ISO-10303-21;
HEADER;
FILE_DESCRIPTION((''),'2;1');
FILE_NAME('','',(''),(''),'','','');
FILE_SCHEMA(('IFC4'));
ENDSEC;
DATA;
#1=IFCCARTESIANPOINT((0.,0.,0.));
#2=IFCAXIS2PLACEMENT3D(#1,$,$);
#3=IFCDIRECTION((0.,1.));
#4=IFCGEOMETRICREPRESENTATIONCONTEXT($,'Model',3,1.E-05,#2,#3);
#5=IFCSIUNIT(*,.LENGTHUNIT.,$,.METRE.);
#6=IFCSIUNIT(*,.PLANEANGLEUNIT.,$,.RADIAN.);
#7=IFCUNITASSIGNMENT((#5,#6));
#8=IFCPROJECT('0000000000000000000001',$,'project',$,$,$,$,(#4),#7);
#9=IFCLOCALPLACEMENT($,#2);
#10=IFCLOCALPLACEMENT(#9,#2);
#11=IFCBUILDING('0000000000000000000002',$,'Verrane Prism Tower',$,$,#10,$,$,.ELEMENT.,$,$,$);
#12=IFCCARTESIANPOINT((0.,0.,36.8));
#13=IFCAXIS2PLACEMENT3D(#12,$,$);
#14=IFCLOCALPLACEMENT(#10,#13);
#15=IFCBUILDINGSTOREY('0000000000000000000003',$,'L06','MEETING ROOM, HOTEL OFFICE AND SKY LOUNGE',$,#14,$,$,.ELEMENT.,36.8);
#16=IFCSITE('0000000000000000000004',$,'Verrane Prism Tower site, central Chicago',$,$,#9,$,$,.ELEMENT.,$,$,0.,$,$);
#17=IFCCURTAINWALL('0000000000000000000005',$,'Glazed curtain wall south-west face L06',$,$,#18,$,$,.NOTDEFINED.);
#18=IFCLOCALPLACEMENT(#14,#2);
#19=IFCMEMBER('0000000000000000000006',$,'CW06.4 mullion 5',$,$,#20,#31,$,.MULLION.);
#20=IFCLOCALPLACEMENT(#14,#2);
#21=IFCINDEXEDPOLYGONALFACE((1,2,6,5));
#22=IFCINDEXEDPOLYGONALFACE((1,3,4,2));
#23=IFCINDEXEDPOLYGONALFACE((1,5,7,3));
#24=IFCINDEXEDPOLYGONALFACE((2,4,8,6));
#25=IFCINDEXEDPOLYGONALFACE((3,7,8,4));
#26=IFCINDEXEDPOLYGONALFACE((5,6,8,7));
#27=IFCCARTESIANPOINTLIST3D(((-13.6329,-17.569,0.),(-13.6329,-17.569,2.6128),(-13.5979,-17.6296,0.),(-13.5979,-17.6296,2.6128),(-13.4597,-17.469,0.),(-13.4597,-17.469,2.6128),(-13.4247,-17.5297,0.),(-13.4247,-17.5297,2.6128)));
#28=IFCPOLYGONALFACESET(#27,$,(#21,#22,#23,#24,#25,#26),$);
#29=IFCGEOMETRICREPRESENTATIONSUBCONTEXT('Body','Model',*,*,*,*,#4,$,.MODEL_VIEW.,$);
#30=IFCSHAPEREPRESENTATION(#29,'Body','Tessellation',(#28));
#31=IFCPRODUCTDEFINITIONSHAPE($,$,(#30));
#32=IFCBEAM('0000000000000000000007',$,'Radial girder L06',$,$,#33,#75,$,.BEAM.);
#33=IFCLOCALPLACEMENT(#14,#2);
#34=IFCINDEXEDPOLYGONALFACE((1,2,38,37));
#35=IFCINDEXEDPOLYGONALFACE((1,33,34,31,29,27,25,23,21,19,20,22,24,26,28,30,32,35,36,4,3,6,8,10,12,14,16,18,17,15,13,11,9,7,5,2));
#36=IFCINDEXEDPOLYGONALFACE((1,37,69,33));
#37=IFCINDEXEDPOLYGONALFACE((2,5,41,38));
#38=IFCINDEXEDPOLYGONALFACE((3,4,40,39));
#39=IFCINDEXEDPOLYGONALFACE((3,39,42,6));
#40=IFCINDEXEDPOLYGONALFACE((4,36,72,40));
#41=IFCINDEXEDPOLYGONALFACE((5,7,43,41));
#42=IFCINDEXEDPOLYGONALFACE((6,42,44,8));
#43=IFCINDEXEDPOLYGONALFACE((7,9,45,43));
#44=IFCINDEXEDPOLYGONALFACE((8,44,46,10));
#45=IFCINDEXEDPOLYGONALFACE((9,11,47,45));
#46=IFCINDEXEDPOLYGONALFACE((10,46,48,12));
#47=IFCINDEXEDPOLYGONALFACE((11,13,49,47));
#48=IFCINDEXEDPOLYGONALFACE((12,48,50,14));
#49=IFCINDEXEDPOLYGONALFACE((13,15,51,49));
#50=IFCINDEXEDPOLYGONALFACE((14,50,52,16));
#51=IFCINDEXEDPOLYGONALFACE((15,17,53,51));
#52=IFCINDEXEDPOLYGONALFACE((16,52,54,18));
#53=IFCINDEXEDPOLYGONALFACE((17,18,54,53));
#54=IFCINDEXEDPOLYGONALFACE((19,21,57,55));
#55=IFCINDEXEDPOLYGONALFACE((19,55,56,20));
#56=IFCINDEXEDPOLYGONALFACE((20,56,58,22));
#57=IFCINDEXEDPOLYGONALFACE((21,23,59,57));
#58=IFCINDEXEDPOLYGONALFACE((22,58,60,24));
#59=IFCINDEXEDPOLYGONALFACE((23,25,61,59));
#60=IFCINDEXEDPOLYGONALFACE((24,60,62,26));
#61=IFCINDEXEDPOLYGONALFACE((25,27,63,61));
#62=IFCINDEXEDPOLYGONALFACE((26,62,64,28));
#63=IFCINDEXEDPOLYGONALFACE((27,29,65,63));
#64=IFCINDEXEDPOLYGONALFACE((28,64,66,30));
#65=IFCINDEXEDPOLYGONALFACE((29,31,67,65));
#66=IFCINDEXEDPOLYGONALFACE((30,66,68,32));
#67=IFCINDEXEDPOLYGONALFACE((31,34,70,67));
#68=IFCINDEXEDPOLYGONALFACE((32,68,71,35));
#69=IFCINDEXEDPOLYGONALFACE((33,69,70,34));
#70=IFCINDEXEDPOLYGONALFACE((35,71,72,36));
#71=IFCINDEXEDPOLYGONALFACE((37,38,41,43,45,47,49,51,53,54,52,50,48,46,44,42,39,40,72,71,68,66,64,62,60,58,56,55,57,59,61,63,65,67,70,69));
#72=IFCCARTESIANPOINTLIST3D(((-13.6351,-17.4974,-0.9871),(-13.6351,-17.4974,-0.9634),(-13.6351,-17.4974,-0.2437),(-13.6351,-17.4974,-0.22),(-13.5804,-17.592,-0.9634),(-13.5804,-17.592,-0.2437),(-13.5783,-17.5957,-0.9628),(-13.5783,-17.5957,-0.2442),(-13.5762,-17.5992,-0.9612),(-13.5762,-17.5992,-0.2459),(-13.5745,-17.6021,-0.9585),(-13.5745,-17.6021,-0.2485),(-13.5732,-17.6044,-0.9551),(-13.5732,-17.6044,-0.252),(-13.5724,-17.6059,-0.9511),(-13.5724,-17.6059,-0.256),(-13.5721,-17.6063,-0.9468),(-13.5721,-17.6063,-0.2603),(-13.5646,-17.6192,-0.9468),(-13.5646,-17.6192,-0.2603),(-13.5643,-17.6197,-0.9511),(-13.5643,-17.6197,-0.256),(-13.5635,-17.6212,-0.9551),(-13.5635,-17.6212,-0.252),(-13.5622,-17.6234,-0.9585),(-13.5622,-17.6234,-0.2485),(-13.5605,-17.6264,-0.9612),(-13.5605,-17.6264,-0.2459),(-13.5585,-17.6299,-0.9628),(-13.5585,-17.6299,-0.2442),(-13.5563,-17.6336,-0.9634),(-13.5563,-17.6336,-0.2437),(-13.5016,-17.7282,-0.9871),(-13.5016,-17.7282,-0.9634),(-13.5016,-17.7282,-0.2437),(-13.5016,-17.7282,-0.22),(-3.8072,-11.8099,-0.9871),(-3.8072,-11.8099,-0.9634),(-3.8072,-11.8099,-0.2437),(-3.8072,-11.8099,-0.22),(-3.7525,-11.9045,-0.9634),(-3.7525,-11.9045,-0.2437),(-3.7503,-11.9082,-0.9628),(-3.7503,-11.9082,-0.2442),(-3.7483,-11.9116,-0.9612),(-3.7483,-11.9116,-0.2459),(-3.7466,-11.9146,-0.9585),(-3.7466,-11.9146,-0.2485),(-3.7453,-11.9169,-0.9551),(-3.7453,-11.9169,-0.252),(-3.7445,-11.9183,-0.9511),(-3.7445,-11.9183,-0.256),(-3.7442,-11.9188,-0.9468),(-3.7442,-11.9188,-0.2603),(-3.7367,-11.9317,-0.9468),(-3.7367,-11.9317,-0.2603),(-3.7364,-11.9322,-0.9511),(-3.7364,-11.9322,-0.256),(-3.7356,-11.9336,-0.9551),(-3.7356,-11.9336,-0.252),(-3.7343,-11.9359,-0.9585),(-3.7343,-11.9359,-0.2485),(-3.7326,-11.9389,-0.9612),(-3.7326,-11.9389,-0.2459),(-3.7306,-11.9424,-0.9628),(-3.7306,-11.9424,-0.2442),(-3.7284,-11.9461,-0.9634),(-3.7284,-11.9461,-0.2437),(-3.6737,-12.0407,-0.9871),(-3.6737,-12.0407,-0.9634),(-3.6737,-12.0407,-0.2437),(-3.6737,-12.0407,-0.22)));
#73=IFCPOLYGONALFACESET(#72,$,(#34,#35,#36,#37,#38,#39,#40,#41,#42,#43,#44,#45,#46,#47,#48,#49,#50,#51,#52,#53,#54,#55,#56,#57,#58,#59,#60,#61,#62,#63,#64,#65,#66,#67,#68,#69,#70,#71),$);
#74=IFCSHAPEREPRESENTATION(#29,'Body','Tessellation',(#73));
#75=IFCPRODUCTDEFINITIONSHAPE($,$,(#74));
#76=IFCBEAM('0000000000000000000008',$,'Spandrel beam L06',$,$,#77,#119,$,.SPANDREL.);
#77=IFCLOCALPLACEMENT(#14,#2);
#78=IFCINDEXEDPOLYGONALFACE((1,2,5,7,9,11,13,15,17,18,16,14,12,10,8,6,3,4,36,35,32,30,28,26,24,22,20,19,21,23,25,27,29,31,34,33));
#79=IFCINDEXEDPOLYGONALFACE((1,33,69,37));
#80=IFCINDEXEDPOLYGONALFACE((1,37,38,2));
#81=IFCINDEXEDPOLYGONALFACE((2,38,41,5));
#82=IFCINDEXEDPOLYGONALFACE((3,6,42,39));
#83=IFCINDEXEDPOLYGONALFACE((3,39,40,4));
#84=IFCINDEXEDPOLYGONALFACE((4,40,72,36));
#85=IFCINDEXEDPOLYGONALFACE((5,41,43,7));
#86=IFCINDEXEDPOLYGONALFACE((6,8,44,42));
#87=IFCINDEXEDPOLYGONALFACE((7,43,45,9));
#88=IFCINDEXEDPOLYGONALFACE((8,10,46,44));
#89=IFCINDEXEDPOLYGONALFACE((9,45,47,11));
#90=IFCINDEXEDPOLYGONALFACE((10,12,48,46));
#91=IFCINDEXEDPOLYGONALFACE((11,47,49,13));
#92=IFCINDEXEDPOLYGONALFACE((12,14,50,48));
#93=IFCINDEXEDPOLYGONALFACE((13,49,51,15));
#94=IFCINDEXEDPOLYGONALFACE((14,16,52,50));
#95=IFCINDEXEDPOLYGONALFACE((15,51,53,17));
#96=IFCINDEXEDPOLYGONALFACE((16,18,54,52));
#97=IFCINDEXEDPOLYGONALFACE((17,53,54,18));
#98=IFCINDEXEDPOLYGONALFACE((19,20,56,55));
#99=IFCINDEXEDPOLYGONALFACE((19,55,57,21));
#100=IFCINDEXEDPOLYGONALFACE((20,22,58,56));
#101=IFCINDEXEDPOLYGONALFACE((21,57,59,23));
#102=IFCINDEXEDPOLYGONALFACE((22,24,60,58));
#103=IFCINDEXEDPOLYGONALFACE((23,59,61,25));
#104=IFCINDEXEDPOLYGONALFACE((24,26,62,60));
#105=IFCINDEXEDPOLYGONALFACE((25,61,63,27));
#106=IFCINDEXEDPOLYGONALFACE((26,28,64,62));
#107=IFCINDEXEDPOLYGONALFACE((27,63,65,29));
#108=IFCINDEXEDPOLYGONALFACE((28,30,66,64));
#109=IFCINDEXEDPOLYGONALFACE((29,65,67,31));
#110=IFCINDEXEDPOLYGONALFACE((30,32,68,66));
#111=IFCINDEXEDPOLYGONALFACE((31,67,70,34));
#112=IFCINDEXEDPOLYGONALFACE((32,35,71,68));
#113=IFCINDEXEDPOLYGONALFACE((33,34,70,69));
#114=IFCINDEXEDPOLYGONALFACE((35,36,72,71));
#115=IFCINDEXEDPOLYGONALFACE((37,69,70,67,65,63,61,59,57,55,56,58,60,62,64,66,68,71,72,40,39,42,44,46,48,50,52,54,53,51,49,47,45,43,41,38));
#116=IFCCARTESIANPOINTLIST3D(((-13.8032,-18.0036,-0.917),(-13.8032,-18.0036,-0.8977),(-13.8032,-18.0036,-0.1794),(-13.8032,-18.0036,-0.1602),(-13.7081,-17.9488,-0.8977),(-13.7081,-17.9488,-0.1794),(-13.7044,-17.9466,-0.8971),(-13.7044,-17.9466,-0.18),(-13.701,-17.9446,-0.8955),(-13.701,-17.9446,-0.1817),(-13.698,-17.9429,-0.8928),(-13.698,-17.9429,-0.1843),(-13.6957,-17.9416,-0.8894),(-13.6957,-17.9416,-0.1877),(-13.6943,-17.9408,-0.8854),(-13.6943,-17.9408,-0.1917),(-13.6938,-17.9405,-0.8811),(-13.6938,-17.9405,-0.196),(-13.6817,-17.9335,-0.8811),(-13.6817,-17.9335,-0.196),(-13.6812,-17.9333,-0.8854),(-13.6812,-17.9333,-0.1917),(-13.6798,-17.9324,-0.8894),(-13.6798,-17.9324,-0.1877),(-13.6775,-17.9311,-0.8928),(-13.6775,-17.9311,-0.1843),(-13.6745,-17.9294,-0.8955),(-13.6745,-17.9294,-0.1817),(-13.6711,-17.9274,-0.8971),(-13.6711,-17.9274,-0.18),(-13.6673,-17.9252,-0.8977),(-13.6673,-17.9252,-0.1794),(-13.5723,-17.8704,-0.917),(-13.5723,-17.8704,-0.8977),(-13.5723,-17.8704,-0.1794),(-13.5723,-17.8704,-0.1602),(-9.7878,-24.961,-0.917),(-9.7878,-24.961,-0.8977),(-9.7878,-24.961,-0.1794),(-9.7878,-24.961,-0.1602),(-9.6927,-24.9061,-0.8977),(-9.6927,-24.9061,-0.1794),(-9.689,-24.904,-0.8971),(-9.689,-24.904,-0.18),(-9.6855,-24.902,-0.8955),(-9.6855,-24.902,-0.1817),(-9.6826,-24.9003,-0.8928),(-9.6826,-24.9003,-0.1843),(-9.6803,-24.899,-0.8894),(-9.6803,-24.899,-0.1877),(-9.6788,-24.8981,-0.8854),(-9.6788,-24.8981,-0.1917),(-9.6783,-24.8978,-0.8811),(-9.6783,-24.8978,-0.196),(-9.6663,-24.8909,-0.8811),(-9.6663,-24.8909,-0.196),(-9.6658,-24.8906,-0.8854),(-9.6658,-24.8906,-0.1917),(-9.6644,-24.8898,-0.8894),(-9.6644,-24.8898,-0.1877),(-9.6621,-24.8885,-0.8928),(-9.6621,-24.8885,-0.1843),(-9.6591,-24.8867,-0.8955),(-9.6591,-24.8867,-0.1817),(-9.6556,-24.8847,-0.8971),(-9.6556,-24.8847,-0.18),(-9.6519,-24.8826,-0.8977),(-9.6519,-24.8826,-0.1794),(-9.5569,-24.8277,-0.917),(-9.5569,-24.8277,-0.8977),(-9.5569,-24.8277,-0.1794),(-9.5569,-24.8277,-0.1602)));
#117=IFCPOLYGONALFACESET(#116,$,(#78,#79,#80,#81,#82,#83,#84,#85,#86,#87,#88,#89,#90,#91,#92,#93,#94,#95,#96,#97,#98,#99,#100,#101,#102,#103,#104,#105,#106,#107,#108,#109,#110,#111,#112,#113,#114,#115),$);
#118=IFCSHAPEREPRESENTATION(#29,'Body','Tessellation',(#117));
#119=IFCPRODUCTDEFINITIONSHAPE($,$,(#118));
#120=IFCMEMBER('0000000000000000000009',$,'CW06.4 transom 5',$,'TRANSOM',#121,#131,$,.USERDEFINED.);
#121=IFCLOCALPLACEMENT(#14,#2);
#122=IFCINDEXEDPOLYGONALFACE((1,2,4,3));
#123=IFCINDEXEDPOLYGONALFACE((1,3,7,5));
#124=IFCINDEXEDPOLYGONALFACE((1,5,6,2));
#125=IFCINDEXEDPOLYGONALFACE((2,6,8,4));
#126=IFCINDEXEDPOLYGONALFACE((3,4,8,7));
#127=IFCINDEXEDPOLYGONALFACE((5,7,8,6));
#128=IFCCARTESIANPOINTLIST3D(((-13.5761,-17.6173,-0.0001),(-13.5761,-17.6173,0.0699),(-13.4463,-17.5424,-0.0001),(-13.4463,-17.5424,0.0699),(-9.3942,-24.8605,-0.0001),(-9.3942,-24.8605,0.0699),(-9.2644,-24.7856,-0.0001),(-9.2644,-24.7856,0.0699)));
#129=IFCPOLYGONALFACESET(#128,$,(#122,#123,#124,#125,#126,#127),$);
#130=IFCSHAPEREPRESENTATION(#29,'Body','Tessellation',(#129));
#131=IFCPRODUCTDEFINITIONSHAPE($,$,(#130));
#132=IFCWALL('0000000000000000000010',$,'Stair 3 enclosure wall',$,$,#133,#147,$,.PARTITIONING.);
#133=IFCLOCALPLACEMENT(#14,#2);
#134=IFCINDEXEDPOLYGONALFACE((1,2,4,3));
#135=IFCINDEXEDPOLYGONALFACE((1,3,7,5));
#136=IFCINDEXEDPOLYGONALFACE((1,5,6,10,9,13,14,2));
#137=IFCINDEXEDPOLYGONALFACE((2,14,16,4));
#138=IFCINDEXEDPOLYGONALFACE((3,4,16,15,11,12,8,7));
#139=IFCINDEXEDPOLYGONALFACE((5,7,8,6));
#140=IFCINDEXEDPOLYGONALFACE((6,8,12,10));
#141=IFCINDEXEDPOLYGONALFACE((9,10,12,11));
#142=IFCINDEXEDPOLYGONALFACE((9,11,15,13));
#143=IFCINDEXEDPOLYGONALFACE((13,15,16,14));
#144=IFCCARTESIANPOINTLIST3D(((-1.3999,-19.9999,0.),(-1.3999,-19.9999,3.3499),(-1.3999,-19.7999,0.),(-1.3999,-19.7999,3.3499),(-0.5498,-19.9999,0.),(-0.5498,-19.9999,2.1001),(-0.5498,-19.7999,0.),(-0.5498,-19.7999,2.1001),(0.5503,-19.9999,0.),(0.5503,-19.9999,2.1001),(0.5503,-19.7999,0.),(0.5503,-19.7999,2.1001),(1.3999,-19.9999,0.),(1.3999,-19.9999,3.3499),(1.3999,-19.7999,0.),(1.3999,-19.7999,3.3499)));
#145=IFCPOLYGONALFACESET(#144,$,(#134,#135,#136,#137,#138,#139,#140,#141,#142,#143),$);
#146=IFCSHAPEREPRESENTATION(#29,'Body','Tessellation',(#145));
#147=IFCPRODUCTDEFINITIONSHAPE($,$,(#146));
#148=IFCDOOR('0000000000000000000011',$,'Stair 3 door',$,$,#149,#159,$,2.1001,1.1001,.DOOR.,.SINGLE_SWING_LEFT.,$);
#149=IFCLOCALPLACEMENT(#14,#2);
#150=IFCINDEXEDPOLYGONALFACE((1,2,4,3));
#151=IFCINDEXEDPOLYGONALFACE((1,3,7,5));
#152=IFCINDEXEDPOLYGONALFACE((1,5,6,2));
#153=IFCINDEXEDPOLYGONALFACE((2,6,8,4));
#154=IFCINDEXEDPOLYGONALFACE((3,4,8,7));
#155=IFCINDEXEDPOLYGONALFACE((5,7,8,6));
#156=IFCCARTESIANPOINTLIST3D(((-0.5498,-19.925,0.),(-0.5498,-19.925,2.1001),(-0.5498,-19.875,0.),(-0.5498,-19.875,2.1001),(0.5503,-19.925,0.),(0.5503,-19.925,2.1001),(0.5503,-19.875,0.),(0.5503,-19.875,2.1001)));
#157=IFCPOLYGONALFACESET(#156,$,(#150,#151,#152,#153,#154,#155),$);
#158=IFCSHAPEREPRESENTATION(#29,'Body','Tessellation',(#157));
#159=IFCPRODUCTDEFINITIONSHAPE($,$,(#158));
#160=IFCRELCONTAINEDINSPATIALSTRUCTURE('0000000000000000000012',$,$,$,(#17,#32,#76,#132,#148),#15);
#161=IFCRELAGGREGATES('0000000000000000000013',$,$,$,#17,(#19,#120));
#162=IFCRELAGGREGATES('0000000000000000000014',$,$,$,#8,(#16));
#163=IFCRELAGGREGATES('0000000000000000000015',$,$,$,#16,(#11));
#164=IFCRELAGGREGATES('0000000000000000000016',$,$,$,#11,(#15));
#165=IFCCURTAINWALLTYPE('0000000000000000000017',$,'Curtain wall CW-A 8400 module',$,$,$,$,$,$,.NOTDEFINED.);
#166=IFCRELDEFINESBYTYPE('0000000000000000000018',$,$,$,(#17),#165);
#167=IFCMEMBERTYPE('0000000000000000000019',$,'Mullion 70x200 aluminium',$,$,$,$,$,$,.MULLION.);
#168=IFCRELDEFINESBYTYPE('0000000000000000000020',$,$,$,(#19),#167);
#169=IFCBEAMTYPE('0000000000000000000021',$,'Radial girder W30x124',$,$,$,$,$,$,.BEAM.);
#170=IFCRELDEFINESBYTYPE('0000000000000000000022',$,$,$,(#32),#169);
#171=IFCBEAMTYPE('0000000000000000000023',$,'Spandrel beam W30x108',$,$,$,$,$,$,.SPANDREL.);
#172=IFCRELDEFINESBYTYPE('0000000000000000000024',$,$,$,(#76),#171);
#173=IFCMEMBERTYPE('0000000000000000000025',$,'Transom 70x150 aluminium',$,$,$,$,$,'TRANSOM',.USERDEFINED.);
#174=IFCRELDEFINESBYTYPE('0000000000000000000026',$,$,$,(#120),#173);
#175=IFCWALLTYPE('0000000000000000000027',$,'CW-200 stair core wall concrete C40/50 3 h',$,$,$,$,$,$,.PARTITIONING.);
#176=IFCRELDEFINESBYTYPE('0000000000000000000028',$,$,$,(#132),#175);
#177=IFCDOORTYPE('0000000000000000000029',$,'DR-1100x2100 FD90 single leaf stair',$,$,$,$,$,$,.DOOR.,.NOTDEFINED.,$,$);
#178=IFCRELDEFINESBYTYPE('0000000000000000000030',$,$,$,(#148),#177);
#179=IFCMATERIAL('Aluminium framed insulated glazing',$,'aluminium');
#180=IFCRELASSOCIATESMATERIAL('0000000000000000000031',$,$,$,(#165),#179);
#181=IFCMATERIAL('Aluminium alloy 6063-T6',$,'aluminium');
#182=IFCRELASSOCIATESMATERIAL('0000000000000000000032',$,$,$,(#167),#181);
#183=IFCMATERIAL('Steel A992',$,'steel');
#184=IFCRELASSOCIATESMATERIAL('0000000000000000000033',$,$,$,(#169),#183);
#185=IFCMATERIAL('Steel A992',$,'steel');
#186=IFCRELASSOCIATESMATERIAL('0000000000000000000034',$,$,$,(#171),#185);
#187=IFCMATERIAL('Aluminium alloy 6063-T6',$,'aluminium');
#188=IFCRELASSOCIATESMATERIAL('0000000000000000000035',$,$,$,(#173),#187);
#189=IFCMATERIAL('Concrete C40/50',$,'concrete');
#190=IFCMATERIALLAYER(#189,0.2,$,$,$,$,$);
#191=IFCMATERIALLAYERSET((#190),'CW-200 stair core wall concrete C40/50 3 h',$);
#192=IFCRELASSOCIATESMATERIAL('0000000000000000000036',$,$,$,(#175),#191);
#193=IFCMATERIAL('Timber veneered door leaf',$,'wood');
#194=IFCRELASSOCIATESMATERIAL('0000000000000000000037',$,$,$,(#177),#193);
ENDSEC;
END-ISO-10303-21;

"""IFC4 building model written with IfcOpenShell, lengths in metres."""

from ifc_helpers import new_model, si_unit, direction, frame, frame_2d, origin, origin_2d, place, context, subcontext, project, spatial, rectangle, i_section, extrude, material, layer, layer_set, material_profile, profile_set, type_object, element, fill, aggregate, save


model = new_model("IFC4")

# Units and contexts
model_context = context("Model", 3, precision=1e-05, world=origin(), true_north=direction((0.0, 1.0)))
body_context = subcontext(model_context, "Body", "Model", "MODEL_VIEW")
ifc_project = project(units=[si_unit("LENGTHUNIT", "METRE"), si_unit("PLANEANGLEUNIT", "RADIAN")], contexts=[model_context])

# Site, building, storey
site_placement = place(None, origin())
site = spatial("IfcSite", under=ifc_project, at=site_placement, Name="Verrane Prism Tower site, central Chicago", CompositionType="ELEMENT", RefElevation=0.0)
building_placement = place(site_placement, origin())
building = spatial("IfcBuilding", under=site, at=building_placement, Name="Verrane Prism Tower", CompositionType="ELEMENT")
storey_placement = place(building_placement, frame((0.0, 0.0, 36.8)))
storey = spatial("IfcBuildingStorey", under=building, at=storey_placement, Name="L06", Description="MEETING ROOM, HOTEL OFFICE AND SKY LOUNGE", CompositionType="ELEMENT", Elevation=36.8)

# Curtain wall, member
ifc_material_1 = material(Name="Aluminium framed insulated glazing", Category="aluminium")
curtain_wall_type = type_object("IfcCurtainWallType", Name="Curtain wall CW-A 8400 module", PredefinedType="NOTDEFINED", material=ifc_material_1)
curtain_wall_placement = place(storey_placement, origin())
curtain_wall = element("IfcCurtainWall", 1, at=curtain_wall_placement, inside=storey, type_object=curtain_wall_type, Name="Glazed curtain wall south-west face L06", PredefinedType="NOTDEFINED")
ifc_material_2 = material(Name="Aluminium alloy 6063-T6", Category="aluminium")
ifc_material_profile_1 = material_profile(ifc_material_2, rectangle(XDim=0.2, YDim=0.0701, at=origin_2d()), Name="Mullion 70x200 aluminium")
ifc_profile_set_1 = profile_set([ifc_material_profile_1], Name="Aluminium alloy 6063-T6")
member_type_1 = type_object("IfcMemberType", Name="Mullion 70x200 aluminium", PredefinedType="MULLION", material=ifc_profile_set_1)
member_1_placement = place(storey_placement, frame((-13.5288, -17.5493, 0.0), z_axis=(0.0, 0.0, 1.0), x_axis=(0.866025, 0.5, 0.0)))
member_1 = element("IfcMember", 2, at=member_1_placement, type_object=member_type_1, Name="CW06.4 mullion 5", PredefinedType="MULLION", context=body_context, shape_type="SweptSolid", body=[
    extrude(rectangle(XDim=0.2, YDim=0.0701, at=origin_2d()), origin(), (0.0, 0.0, 1.0), 2.6128),
])

# Beams
ifc_material_3 = material(Name="Steel A992", Category="steel")
ifc_material_profile_2 = material_profile(ifc_material_3, i_section(OverallWidth=0.2666, OverallDepth=0.7671, WebThickness=0.0149, FlangeThickness=0.0237, FilletRadius=0.0166, at=origin_2d()), Name="W30x124")
ifc_profile_set_2 = profile_set([ifc_material_profile_2], Name="Steel A992")
beam_type_1 = type_object("IfcBeamType", Name="Radial girder W30x124", PredefinedType="BEAM", material=ifc_profile_set_2)
beam_1_placement = place(storey_placement, frame((-13.5684, -17.6128, -0.6035), z_axis=(0.865515, 0.500883, 0.0), x_axis=(-0.500883, 0.865515, 0.0)))
element("IfcBeam", 3, at=beam_1_placement, inside=storey, type_object=beam_type_1, Name="Radial girder L06", PredefinedType="BEAM", context=body_context, shape_type="SweptSolid", body=[
    extrude(i_section(OverallWidth=0.2666, OverallDepth=0.7671, WebThickness=0.0149, FlangeThickness=0.0237, FilletRadius=0.0166, at=origin_2d()), origin(), (0.0, 0.0, 1.0), 11.355),
])
ifc_material_4 = material(Name="Steel A992", Category="steel")
ifc_material_profile_3 = material_profile(ifc_material_4, i_section(OverallWidth=0.2666, OverallDepth=0.7568, WebThickness=0.0139, FlangeThickness=0.0193, FilletRadius=0.0166, at=origin_2d()), Name="W30x108")
ifc_profile_set_3 = profile_set([ifc_material_profile_3], Name="Steel A992")
beam_type_2 = type_object("IfcBeamType", Name="Spandrel beam W30x108", PredefinedType="SPANDREL", material=ifc_profile_set_3)
beam_2_placement = place(storey_placement, frame((-13.6877, -17.937, -0.5386), z_axis=(0.499869, -0.866101, 0.0), x_axis=(0.866101, 0.499869, 0.0)))
element("IfcBeam", 4, at=beam_2_placement, inside=storey, type_object=beam_type_2, Name="Spandrel beam L06", PredefinedType="SPANDREL", context=body_context, shape_type="SweptSolid", body=[
    extrude(i_section(OverallWidth=0.2666, OverallDepth=0.7568, WebThickness=0.0139, FlangeThickness=0.0193, FilletRadius=0.0166, at=origin_2d()), origin(), (0.0, 0.0, 1.0), 8.033),
])

# Member
ifc_material_5 = material(Name="Aluminium alloy 6063-T6", Category="aluminium")
ifc_material_profile_4 = material_profile(ifc_material_5, rectangle(XDim=0.1499, YDim=0.0701, at=origin_2d()), Name="Transom 70x150 aluminium")
ifc_profile_set_4 = profile_set([ifc_material_profile_4], Name="Aluminium alloy 6063-T6")
member_type_2 = type_object("IfcMemberType", Name="Transom 70x150 aluminium", ElementType="TRANSOM", PredefinedType="USERDEFINED", material=ifc_profile_set_4)
member_2_placement = place(storey_placement, frame((-13.5112, -17.5798, 0.0349), z_axis=(0.500004, -0.866023, 0.0), x_axis=(0.866023, 0.500004, 0.0)))
member_2 = element("IfcMember", 5, at=member_2_placement, type_object=member_type_2, Name="CW06.4 transom 5", ObjectType="TRANSOM", PredefinedType="USERDEFINED", context=body_context, shape_type="SweptSolid", body=[
    extrude(rectangle(XDim=0.1499, YDim=0.0701, at=origin_2d()), origin(), (0.0, 0.0, 1.0), 8.3638),
])
aggregate(curtain_wall, [member_1, member_2])

# Wall, opening, door
ifc_material_6 = material(Name="Concrete C40/50", Category="concrete")
ifc_layer_1 = layer(ifc_material_6, 0.2)
ifc_layer_set_1 = layer_set([ifc_layer_1], Name="CW-200 stair core wall concrete C40/50 3 h")
wall_type_1 = type_object("IfcWallType", Name="CW-200 stair core wall concrete C40/50 3 h", PredefinedType="PARTITIONING", material=ifc_layer_set_1)
wall_1_placement = place(storey_placement, frame((-1.3999, -19.8999, 0.0), z_axis=(0.0, 0.0, 1.0), x_axis=(1.0, 0.0, 0.0)))
wall_1 = element("IfcWall", 6, at=wall_1_placement, inside=storey, type_object=wall_type_1, Name="Stair 3 enclosure wall", PredefinedType="PARTITIONING", context=body_context, shape_type="SweptSolid", body=[
    extrude(rectangle(XDim=2.7998, YDim=0.2, at=frame_2d((1.3999, 0.0))), origin(), (0.0, 0.0, 1.0), 3.3499),
])
opening_1_placement = place(wall_1_placement, frame((0.8501, 0.0, 0.0)))
opening_1 = element("IfcOpeningElement", 7, at=opening_1_placement, cuts=wall_1, PredefinedType="OPENING", context=body_context, shape_type="SweptSolid", body=[
    extrude(rectangle(XDim=1.1001, YDim=2.1001, at=frame_2d((0.55, 1.05))), frame((0.0, 0.1099, 0.0), z_axis=(0.0, -1.0, 0.0), x_axis=(1.0, 0.0, 0.0)), (0.0, 0.0, 1.0), 0.22),
])
ifc_material_7 = material(Name="Timber veneered door leaf", Category="wood")
door_type_1 = type_object("IfcDoorType", Name="DR-1100x2100 FD90 single leaf stair", OperationType="NOTDEFINED", PredefinedType="DOOR", material=ifc_material_7)
door_1_placement = place(opening_1_placement, origin())
door_1 = element("IfcDoor", 8, at=door_1_placement, inside=storey, type_object=door_type_1, Name="Stair 3 door", OperationType="SINGLE_SWING_LEFT", OverallHeight=2.1001, OverallWidth=1.1001, PredefinedType="DOOR", context=body_context, shape_type="SweptSolid", body=[
    extrude(rectangle(XDim=1.1001, YDim=2.1001, at=frame_2d((0.55, 1.05))), frame((0.0, 0.0249, 0.0), z_axis=(0.0, -1.0, 0.0), x_axis=(1.0, 0.0, 0.0)), (0.0, 0.0, 1.0), 0.05),
])
fill(opening_1, door_1)

save(model, "model.ifc")
